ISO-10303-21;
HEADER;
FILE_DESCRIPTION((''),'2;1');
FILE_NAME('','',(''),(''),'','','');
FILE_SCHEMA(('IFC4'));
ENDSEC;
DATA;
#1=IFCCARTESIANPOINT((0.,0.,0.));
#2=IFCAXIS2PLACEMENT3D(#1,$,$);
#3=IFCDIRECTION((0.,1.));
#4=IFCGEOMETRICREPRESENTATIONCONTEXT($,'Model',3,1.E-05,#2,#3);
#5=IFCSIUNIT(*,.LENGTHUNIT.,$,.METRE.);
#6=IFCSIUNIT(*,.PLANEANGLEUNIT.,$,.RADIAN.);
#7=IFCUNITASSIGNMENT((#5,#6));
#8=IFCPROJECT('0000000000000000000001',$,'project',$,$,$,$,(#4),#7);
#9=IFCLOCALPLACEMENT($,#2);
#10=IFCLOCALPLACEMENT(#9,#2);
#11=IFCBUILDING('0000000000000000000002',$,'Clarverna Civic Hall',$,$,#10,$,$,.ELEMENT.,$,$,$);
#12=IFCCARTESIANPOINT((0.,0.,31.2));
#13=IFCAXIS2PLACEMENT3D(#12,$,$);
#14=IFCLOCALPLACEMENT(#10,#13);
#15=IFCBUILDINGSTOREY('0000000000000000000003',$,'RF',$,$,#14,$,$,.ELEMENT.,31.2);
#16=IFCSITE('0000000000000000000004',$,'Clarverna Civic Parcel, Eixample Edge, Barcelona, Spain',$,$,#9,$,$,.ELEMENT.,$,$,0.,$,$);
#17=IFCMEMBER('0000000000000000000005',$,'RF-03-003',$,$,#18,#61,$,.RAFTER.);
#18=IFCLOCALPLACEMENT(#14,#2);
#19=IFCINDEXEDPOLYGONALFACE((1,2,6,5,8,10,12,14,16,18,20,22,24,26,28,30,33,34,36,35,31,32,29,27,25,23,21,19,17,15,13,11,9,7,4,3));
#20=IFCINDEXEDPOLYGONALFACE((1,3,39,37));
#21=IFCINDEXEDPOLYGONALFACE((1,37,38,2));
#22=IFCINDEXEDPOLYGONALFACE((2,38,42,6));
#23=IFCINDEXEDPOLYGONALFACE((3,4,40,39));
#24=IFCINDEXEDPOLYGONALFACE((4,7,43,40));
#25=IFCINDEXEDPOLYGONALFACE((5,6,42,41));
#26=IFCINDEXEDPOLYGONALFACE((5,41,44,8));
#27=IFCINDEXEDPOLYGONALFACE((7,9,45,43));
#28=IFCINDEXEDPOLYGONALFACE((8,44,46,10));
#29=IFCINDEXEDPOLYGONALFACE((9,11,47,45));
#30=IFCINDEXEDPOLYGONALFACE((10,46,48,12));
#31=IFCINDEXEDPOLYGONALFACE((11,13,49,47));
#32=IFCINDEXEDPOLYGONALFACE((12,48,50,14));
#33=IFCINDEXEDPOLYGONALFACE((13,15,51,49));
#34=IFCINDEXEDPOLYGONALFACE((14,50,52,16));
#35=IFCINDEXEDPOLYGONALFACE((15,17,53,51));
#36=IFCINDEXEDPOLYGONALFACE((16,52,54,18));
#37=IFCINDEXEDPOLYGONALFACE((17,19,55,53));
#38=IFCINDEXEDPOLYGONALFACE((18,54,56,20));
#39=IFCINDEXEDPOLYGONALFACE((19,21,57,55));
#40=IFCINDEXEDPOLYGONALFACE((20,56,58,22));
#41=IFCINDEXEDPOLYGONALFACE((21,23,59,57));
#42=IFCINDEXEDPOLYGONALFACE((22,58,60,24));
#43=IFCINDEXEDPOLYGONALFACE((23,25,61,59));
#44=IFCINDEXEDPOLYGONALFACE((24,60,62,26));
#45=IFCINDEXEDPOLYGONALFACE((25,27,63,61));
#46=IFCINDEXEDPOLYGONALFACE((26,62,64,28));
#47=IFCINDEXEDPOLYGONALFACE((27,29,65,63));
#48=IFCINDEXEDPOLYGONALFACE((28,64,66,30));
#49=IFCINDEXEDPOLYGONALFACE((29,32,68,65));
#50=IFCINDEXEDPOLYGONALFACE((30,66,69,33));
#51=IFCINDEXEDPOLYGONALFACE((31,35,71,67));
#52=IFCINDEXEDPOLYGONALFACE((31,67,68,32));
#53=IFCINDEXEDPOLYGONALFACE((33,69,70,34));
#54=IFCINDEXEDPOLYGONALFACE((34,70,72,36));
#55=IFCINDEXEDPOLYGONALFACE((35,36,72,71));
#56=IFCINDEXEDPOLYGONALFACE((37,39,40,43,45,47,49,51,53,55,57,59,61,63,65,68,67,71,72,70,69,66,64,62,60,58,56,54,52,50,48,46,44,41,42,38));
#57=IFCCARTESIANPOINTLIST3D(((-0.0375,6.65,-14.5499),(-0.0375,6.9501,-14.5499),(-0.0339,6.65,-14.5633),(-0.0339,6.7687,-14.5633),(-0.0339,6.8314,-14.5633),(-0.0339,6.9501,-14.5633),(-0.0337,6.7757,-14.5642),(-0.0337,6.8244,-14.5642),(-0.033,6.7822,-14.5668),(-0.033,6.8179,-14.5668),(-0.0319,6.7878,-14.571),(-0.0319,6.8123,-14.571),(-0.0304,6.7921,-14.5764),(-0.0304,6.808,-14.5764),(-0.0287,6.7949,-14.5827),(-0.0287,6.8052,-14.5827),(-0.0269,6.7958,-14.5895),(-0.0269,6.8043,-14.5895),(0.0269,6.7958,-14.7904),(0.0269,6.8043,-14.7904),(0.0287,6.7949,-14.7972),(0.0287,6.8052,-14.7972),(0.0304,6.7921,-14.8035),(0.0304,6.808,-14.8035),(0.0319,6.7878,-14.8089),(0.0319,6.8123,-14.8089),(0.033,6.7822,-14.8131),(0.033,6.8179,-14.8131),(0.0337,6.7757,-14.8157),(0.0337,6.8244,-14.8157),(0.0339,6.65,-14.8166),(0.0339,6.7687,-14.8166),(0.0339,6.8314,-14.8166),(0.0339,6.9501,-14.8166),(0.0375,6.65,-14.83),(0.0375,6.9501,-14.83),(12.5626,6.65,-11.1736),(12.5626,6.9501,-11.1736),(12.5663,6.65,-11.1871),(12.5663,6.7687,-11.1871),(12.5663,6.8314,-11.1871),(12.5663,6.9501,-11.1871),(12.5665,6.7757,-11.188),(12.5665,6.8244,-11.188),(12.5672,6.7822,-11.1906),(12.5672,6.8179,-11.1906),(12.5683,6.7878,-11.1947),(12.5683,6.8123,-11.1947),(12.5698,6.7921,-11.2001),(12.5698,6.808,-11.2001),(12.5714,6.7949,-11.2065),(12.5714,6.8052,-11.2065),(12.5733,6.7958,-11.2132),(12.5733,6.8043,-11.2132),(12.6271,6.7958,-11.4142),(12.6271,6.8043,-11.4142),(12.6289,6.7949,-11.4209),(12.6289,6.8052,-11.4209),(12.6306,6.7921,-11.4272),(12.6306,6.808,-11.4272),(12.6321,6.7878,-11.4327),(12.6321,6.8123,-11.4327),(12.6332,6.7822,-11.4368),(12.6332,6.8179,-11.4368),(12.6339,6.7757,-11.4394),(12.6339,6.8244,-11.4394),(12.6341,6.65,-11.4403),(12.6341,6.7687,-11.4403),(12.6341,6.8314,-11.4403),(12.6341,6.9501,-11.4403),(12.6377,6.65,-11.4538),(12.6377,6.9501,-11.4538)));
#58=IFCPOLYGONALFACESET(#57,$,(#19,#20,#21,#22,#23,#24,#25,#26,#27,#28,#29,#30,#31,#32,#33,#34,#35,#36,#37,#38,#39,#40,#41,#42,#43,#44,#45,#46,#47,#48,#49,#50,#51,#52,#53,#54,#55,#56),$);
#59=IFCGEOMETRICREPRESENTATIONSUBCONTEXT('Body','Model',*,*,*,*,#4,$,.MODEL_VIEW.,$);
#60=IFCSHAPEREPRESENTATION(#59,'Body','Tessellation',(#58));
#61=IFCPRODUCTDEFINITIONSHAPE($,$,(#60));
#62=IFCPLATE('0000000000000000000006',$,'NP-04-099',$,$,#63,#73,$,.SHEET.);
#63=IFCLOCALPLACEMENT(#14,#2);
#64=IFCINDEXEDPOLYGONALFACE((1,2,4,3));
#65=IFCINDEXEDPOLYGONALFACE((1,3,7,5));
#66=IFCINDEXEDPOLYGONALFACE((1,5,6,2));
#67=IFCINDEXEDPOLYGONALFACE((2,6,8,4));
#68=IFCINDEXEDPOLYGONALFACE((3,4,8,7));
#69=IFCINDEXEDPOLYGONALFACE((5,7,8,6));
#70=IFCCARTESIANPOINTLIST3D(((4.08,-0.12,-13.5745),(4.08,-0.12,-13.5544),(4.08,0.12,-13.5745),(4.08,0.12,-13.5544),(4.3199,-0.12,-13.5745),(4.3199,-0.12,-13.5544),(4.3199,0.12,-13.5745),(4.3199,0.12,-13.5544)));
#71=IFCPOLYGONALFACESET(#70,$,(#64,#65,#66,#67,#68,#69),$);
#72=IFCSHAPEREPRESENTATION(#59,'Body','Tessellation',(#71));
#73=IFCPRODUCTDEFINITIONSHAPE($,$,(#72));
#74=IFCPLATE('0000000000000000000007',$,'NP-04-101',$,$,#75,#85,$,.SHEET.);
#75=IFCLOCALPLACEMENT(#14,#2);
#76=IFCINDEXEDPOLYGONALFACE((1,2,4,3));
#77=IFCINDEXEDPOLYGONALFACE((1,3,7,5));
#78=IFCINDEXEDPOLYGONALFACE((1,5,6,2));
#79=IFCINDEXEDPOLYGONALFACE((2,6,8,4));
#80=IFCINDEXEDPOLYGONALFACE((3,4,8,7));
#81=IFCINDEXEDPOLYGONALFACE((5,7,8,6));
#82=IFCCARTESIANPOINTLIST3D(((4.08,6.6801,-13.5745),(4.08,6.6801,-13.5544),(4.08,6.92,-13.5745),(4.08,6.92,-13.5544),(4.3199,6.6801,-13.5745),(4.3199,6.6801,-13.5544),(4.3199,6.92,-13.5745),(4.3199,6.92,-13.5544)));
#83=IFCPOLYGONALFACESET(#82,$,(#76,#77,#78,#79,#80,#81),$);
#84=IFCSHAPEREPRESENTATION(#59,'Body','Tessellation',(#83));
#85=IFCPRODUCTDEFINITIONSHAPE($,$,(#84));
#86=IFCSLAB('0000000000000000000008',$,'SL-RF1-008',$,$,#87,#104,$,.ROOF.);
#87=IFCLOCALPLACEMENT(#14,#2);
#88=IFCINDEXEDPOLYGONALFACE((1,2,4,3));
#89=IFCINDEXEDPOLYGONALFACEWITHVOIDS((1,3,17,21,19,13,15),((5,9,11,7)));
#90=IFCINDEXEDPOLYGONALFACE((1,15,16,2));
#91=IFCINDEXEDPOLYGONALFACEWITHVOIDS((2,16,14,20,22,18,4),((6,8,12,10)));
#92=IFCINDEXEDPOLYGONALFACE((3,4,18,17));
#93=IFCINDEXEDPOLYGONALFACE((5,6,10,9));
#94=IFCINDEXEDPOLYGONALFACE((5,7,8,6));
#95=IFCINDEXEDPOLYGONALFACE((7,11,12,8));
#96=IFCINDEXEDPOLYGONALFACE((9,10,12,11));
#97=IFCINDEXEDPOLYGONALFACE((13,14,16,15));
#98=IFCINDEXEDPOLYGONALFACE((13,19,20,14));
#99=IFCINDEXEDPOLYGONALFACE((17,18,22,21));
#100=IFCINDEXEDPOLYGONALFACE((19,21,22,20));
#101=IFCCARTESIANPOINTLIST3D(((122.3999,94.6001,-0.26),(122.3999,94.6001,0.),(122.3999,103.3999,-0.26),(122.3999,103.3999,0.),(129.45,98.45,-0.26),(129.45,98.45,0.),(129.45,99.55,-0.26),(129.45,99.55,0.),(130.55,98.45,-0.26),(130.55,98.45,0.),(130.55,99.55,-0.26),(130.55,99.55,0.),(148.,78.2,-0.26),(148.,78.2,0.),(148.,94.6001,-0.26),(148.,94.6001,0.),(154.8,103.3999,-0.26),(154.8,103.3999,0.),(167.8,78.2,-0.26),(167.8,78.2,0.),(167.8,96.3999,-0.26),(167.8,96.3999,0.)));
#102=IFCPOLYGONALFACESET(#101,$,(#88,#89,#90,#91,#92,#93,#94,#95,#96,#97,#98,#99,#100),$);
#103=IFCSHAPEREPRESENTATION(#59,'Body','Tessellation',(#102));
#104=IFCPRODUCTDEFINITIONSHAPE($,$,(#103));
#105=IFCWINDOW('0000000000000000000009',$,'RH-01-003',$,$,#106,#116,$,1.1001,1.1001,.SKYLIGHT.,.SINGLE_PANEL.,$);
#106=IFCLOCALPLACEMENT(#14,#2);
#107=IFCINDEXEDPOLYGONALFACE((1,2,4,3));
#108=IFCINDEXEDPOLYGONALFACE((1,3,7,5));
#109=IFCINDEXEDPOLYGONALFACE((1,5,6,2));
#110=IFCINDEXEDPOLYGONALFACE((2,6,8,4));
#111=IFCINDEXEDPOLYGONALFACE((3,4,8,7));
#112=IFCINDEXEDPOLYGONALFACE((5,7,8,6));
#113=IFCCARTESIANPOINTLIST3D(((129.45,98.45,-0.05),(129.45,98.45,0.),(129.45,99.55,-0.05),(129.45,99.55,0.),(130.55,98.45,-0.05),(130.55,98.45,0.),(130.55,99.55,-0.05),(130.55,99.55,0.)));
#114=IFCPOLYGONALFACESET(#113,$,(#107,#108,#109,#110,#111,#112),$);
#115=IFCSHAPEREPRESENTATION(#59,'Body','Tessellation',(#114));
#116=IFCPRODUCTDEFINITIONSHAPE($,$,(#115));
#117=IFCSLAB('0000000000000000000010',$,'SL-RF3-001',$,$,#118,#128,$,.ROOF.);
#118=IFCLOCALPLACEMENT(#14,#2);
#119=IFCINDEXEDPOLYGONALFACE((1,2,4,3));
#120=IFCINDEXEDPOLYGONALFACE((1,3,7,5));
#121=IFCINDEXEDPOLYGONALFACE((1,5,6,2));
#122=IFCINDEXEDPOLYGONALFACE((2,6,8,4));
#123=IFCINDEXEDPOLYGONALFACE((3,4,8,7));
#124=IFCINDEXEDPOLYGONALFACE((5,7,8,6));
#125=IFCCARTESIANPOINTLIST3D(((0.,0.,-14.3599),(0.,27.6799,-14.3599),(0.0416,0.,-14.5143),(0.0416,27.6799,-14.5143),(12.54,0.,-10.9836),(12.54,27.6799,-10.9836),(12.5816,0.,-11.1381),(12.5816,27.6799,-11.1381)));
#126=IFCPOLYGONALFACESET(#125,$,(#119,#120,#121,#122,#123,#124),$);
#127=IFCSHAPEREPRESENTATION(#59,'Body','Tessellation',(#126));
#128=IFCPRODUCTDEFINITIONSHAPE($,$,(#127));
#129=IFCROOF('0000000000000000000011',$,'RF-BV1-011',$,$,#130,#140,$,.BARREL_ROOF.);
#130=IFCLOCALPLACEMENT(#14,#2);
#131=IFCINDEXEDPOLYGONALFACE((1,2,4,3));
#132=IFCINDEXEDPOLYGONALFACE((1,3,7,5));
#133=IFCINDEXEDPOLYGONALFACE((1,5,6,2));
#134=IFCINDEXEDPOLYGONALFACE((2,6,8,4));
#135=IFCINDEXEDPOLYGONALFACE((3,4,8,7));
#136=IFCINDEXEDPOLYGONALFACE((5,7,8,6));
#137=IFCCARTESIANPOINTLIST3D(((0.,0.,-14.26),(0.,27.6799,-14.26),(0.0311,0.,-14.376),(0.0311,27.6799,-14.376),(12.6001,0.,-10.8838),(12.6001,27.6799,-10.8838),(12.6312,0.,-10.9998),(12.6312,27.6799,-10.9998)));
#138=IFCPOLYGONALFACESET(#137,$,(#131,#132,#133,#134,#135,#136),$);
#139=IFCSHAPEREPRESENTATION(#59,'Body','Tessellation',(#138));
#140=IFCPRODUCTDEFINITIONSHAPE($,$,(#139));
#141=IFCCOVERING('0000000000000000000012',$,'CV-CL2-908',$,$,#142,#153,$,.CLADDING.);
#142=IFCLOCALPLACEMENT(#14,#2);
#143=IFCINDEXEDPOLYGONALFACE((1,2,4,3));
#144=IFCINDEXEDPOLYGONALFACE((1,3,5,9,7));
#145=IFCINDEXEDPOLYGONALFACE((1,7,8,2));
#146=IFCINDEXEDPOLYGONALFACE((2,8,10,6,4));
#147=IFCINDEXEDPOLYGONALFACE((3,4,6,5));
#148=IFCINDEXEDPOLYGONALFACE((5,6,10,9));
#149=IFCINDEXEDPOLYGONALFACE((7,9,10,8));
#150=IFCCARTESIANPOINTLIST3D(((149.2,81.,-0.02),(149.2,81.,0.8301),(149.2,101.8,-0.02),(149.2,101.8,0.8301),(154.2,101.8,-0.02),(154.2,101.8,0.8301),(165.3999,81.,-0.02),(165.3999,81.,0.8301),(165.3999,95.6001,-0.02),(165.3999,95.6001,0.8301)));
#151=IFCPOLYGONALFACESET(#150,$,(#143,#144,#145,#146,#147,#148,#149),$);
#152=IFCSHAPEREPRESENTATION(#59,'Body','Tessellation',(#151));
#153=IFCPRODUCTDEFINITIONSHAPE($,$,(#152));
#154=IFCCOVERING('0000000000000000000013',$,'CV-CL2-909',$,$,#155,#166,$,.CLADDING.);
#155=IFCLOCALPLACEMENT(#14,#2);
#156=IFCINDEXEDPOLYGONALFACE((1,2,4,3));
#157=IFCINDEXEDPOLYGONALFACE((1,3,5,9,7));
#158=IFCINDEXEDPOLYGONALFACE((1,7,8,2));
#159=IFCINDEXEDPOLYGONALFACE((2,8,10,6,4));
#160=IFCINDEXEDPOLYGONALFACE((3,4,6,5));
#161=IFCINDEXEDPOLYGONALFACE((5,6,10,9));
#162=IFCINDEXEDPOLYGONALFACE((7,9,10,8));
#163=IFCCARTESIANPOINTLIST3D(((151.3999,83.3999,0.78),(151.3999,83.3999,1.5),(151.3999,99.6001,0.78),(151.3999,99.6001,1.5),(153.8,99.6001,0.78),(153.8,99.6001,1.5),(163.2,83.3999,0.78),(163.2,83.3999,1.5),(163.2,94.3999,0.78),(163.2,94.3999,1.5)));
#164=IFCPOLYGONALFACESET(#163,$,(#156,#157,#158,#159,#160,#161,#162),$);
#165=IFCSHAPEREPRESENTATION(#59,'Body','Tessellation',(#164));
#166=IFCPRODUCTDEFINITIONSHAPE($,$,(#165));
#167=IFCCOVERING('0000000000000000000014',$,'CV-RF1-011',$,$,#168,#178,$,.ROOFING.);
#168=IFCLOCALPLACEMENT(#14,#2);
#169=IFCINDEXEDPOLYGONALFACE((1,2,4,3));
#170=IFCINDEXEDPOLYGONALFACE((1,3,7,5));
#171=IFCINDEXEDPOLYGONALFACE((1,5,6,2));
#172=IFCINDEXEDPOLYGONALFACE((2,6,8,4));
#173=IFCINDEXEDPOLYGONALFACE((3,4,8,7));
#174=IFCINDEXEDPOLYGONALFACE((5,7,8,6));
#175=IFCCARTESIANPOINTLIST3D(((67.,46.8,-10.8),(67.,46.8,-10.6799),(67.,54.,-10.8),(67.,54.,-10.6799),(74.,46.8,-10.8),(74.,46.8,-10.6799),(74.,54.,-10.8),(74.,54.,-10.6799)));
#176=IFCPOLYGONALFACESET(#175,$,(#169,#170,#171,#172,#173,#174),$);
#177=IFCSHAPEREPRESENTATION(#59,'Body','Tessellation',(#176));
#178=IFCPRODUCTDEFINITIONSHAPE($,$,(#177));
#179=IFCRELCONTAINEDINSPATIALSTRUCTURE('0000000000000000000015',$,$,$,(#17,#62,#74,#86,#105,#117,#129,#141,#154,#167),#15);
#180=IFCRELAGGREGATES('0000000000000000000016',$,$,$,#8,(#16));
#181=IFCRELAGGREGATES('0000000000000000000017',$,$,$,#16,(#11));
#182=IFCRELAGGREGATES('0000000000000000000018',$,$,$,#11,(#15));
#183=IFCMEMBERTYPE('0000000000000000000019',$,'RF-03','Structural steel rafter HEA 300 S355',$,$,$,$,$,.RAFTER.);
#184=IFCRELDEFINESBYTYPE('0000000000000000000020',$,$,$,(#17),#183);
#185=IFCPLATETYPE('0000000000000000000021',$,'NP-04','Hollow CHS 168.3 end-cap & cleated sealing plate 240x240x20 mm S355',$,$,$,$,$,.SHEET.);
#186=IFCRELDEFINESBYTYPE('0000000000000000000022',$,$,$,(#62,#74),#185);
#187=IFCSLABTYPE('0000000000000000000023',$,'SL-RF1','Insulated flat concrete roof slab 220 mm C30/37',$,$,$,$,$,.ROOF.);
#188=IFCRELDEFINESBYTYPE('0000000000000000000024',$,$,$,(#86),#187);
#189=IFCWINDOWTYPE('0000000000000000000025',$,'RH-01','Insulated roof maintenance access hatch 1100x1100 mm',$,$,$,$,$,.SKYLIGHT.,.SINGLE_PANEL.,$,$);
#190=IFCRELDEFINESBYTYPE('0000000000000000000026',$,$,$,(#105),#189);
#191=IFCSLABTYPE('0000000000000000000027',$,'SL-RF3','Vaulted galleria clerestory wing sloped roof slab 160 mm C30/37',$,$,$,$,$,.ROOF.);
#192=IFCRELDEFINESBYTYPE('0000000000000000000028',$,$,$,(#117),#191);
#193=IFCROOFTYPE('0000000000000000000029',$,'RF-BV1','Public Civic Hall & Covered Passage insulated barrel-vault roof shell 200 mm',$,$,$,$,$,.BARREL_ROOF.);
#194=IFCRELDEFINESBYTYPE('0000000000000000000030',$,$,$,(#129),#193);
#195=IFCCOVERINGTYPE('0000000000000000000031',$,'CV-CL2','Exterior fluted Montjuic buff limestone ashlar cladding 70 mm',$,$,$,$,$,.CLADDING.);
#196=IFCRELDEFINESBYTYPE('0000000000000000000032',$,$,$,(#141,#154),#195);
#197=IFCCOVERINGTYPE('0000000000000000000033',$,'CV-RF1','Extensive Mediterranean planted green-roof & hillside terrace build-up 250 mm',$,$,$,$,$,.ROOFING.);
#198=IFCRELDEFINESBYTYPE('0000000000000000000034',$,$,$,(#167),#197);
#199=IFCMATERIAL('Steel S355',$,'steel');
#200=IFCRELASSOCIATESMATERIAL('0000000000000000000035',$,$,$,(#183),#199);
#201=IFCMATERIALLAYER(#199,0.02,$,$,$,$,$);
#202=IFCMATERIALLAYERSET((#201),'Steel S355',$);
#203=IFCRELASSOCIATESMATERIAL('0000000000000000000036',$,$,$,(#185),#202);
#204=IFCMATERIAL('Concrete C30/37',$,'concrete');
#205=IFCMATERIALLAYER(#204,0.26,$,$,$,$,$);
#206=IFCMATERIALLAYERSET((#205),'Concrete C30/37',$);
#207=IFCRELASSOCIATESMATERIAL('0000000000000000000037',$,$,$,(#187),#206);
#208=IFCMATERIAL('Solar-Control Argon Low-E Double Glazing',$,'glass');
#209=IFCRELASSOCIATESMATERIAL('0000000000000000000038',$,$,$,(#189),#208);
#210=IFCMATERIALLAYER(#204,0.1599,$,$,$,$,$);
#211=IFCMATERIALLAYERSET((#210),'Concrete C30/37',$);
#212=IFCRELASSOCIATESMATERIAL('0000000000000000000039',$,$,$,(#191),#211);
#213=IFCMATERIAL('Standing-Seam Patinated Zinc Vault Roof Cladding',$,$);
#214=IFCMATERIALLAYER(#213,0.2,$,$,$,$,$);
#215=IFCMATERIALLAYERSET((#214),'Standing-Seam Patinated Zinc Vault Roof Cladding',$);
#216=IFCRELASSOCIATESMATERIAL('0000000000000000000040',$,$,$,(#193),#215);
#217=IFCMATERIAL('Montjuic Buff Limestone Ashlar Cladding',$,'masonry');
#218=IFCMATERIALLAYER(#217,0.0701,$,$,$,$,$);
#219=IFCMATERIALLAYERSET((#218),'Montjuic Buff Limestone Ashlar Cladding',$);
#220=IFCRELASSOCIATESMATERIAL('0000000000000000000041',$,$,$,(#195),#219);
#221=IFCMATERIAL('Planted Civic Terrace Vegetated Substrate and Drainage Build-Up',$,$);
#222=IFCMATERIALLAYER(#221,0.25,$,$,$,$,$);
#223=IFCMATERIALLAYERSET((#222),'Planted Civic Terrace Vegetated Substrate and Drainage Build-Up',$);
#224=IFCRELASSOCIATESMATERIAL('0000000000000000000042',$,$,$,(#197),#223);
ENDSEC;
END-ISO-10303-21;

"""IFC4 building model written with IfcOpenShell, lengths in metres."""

from ifc_helpers import new_model, si_unit, direction, frame, origin, origin_2d, place, context, subcontext, project, spatial, polyline, rectangle, i_section, outline, extrude, material, layer, layer_set, material_profile, profile_set, type_object, element, fill, save


model = new_model("IFC4")

# Units and contexts
model_context = context("Model", 3, precision=1e-05, world=origin(), true_north=direction((0.0, 1.0)))
body_context = subcontext(model_context, "Body", "Model", "MODEL_VIEW")
ifc_project = project(units=[si_unit("LENGTHUNIT", "METRE"), si_unit("PLANEANGLEUNIT", "RADIAN")], contexts=[model_context])

# Site, building, storey
site_placement = place(None, origin())
site = spatial("IfcSite", under=ifc_project, at=site_placement, Name="Clarverna Civic Parcel, Eixample Edge, Barcelona, Spain", CompositionType="ELEMENT", RefElevation=0.0)
building_placement = place(site_placement, origin())
building = spatial("IfcBuilding", under=site, at=building_placement, Name="Clarverna Civic Hall", CompositionType="ELEMENT")
storey_placement = place(building_placement, frame((0.0, 0.0, 31.2)))
storey = spatial("IfcBuildingStorey", under=building, at=storey_placement, Name="RF", CompositionType="ELEMENT", Elevation=31.2)

# Member
ifc_material_1 = material(Name="Steel S355", Category="steel")
ifc_material_profile_1 = material_profile(ifc_material_1, i_section(OverallWidth=0.3, OverallDepth=0.29, WebThickness=0.0085, FlangeThickness=0.0139, FilletRadius=0.0271, at=origin_2d()), Name="HEA 300")
ifc_profile_set_1 = profile_set([ifc_material_profile_1], Name="Steel S355")
member_type_1 = type_object("IfcMemberType", Name="RF-03", Description="Structural steel rafter HEA 300 S355", PredefinedType="RAFTER", material=ifc_profile_set_1)
for number, where, z_axis, x_axis, name in (
    (1, (0.0, 6.8, -14.6899), (0.965925, 0.0, 0.258822), (0.0, 1.0, 0.0), "RF-03-003"),
):
    element("IfcMember", number, at=place(storey_placement, frame(where, z_axis=z_axis, x_axis=x_axis)), inside=storey, type_object=member_type_1, Name=name, PredefinedType="RAFTER", context=body_context, shape_type="SweptSolid", body=[
        extrude(i_section(OverallWidth=0.3, OverallDepth=0.29, WebThickness=0.0085, FlangeThickness=0.0139, FilletRadius=0.0271, at=origin_2d()), origin(), (0.0, 0.0, 1.0), 13.0447),
    ])

# Plates
ifc_layer_1 = layer(ifc_material_1, 0.02)
ifc_layer_set_1 = layer_set([ifc_layer_1], Name="Steel S355")
plate_type = type_object("IfcPlateType", Name="NP-04", Description="Hollow CHS 168.3 end-cap & cleated sealing plate 240x240x20 mm S355", PredefinedType="SHEET", material=ifc_layer_set_1)
for number, where, z_axis, x_axis, name in (
    (2, (4.2, 0.0, -13.5745), (0.0, 0.0, 1.0), (1.0, 0.0, 0.0), "NP-04-099"),
    (3, (4.2, 6.8, -13.5745), (0.0, 0.0, 1.0), (1.0, 0.0, 0.0), "NP-04-101"),
):
    element("IfcPlate", number, at=place(storey_placement, frame(where, z_axis=z_axis, x_axis=x_axis)), inside=storey, type_object=plate_type, Name=name, PredefinedType="SHEET", context=body_context, shape_type="SweptSolid", body=[
        extrude(rectangle(XDim=0.24, YDim=0.24, at=origin_2d()), origin(), (0.0, 0.0, 1.0), 0.02),
    ])

# Slab, opening, window
ifc_material_2 = material(Name="Concrete C30/37", Category="concrete")
ifc_layer_2 = layer(ifc_material_2, 0.26)
ifc_layer_set_2 = layer_set([ifc_layer_2], Name="Concrete C30/37")
slab_type_1 = type_object("IfcSlabType", Name="SL-RF1", Description="Insulated flat concrete roof slab 220 mm C30/37", PredefinedType="ROOF", material=ifc_layer_set_2)
slab_1_placement = place(storey_placement, frame((0.0, 0.0, -0.26)))
slab_1 = element("IfcSlab", 4, at=slab_1_placement, inside=storey, type_object=slab_type_1, Name="SL-RF1-008", PredefinedType="ROOF", context=body_context, shape_type="SweptSolid", body=[
    extrude(outline(polyline([(122.3999, 94.6001), (148.0, 94.6001), (148.0, 78.2), (167.8, 78.2), (167.8, 96.3999), (154.8, 103.3999), (122.3999, 103.3999), (122.3999, 94.6001)])), origin(), (0.0, 0.0, 1.0), 0.26),
])
opening_placement = place(slab_1_placement, frame((130.0, 99.0, 0.0)))
opening = element("IfcOpeningElement", 5, at=opening_placement, cuts=slab_1, PredefinedType="OPENING", context=body_context, shape_type="SweptSolid", body=[
    extrude(rectangle(XDim=1.1001, YDim=1.1001, at=origin_2d()), frame((0.0, 0.0, -0.01)), (0.0, 0.0, 1.0), 0.28),
])
ifc_material_3 = material(Name="Solar-Control Argon Low-E Double Glazing", Category="glass")
window_type = type_object("IfcWindowType", Name="RH-01", Description="Insulated roof maintenance access hatch 1100x1100 mm", PartitioningType="SINGLE_PANEL", PredefinedType="SKYLIGHT", material=ifc_material_3)
window_placement = place(opening_placement, frame((0.0, 0.0, 0.21)))
window = element("IfcWindow", 6, at=window_placement, inside=storey, type_object=window_type, Name="RH-01-003", OverallHeight=1.1001, OverallWidth=1.1001, PartitioningType="SINGLE_PANEL", PredefinedType="SKYLIGHT", context=body_context, shape_type="SweptSolid", body=[
    extrude(rectangle(XDim=1.1001, YDim=1.1001, at=origin_2d()), origin(), (0.0, 0.0, 1.0), 0.05),
])
fill(opening, window)

# Slab
ifc_layer_3 = layer(ifc_material_2, 0.1599)
ifc_layer_set_3 = layer_set([ifc_layer_3], Name="Concrete C30/37")
slab_type_2 = type_object("IfcSlabType", Name="SL-RF3", Description="Vaulted galleria clerestory wing sloped roof slab 160 mm C30/37", PredefinedType="ROOF", material=ifc_layer_set_3)
slab_2_placement = place(storey_placement, frame((0.0, 0.0, -14.3599), z_axis=(-0.259978, 0.0, 0.965615), x_axis=(0.965615, 0.0, 0.259978)))
element("IfcSlab", 7, at=slab_2_placement, inside=storey, type_object=slab_type_2, Name="SL-RF3-001", PredefinedType="ROOF", context=body_context, shape_type="SweptSolid", body=[
    extrude(outline(polyline([(0.0, 0.0), (12.9866, 0.0), (12.9866, 27.6799), (0.0, 27.6799), (0.0, 0.0)])), origin(), (0.0, 0.0, -1.0), 0.1599),
])

# Roof
ifc_material_4 = material(Name="Standing-Seam Patinated Zinc Vault Roof Cladding")
ifc_layer_4 = layer(ifc_material_4, 0.2)
ifc_layer_set_4 = layer_set([ifc_layer_4], Name="Standing-Seam Patinated Zinc Vault Roof Cladding")
roof_type = type_object("IfcRoofType", Name="RF-BV1", Description="Public Civic Hall & Covered Passage insulated barrel-vault roof shell 200 mm", PredefinedType="BARREL_ROOF", material=ifc_layer_set_4)
roof_placement = place(storey_placement, frame((0.0, 0.0, -14.26), z_axis=(-0.258822, 0.0, 0.965925), x_axis=(0.965925, 0.0, 0.258822)))
element("IfcRoof", 8, at=roof_placement, inside=storey, type_object=roof_type, Name="RF-BV1-011", PredefinedType="BARREL_ROOF", context=body_context, shape_type="SweptSolid", body=[
    extrude(outline(polyline([(0.0, 0.0), (13.0446, 0.0), (13.0446, 27.6799), (0.0, 27.6799), (0.0, 0.0)])), origin(), (0.0, 0.0, -1.0), 0.1201),
])

# Coverings
ifc_material_5 = material(Name="Montjuic Buff Limestone Ashlar Cladding", Category="masonry")
ifc_layer_5 = layer(ifc_material_5, 0.0701)
ifc_layer_set_5 = layer_set([ifc_layer_5], Name="Montjuic Buff Limestone Ashlar Cladding")
covering_type_1 = type_object("IfcCoveringType", Name="CV-CL2", Description="Exterior fluted Montjuic buff limestone ashlar cladding 70 mm", PredefinedType="CLADDING", material=ifc_layer_set_5)
covering_1_placement = place(storey_placement, frame((0.0, 0.0, -0.02)))
element("IfcCovering", 9, at=covering_1_placement, inside=storey, type_object=covering_type_1, Name="CV-CL2-908", PredefinedType="CLADDING", context=body_context, shape_type="SweptSolid", body=[
    extrude(outline(polyline([(149.2, 81.0), (165.3999, 81.0), (165.3999, 95.6001), (154.2, 101.8), (149.2, 101.8), (149.2, 81.0)])), origin(), (0.0, 0.0, 1.0), 0.8501),
])
covering_2_placement = place(storey_placement, frame((0.0, 0.0, 0.78)))
element("IfcCovering", 10, at=covering_2_placement, inside=storey, type_object=covering_type_1, Name="CV-CL2-909", PredefinedType="CLADDING", context=body_context, shape_type="SweptSolid", body=[
    extrude(outline(polyline([(151.3999, 83.3999), (163.2, 83.3999), (163.2, 94.3999), (153.8, 99.6001), (151.3999, 99.6001), (151.3999, 83.3999)])), origin(), (0.0, 0.0, 1.0), 0.72),
])
ifc_material_6 = material(Name="Planted Civic Terrace Vegetated Substrate and Drainage Build-Up")
ifc_layer_6 = layer(ifc_material_6, 0.25)
ifc_layer_set_6 = layer_set([ifc_layer_6], Name="Planted Civic Terrace Vegetated Substrate and Drainage Build-Up")
covering_type_2 = type_object("IfcCoveringType", Name="CV-RF1", Description="Extensive Mediterranean planted green-roof & hillside terrace build-up 250 mm", PredefinedType="ROOFING", material=ifc_layer_set_6)
covering_3_placement = place(storey_placement, frame((0.0, 0.0, -10.8)))
element("IfcCovering", 11, at=covering_3_placement, inside=storey, type_object=covering_type_2, Name="CV-RF1-011", PredefinedType="ROOFING", context=body_context, shape_type="SweptSolid", body=[
    extrude(outline(polyline([(67.0, 46.8), (74.0, 46.8), (74.0, 54.0), (67.0, 54.0), (67.0, 46.8)])), origin(), (0.0, 0.0, 1.0), 0.1201),
])

save(model, "model.ifc")
